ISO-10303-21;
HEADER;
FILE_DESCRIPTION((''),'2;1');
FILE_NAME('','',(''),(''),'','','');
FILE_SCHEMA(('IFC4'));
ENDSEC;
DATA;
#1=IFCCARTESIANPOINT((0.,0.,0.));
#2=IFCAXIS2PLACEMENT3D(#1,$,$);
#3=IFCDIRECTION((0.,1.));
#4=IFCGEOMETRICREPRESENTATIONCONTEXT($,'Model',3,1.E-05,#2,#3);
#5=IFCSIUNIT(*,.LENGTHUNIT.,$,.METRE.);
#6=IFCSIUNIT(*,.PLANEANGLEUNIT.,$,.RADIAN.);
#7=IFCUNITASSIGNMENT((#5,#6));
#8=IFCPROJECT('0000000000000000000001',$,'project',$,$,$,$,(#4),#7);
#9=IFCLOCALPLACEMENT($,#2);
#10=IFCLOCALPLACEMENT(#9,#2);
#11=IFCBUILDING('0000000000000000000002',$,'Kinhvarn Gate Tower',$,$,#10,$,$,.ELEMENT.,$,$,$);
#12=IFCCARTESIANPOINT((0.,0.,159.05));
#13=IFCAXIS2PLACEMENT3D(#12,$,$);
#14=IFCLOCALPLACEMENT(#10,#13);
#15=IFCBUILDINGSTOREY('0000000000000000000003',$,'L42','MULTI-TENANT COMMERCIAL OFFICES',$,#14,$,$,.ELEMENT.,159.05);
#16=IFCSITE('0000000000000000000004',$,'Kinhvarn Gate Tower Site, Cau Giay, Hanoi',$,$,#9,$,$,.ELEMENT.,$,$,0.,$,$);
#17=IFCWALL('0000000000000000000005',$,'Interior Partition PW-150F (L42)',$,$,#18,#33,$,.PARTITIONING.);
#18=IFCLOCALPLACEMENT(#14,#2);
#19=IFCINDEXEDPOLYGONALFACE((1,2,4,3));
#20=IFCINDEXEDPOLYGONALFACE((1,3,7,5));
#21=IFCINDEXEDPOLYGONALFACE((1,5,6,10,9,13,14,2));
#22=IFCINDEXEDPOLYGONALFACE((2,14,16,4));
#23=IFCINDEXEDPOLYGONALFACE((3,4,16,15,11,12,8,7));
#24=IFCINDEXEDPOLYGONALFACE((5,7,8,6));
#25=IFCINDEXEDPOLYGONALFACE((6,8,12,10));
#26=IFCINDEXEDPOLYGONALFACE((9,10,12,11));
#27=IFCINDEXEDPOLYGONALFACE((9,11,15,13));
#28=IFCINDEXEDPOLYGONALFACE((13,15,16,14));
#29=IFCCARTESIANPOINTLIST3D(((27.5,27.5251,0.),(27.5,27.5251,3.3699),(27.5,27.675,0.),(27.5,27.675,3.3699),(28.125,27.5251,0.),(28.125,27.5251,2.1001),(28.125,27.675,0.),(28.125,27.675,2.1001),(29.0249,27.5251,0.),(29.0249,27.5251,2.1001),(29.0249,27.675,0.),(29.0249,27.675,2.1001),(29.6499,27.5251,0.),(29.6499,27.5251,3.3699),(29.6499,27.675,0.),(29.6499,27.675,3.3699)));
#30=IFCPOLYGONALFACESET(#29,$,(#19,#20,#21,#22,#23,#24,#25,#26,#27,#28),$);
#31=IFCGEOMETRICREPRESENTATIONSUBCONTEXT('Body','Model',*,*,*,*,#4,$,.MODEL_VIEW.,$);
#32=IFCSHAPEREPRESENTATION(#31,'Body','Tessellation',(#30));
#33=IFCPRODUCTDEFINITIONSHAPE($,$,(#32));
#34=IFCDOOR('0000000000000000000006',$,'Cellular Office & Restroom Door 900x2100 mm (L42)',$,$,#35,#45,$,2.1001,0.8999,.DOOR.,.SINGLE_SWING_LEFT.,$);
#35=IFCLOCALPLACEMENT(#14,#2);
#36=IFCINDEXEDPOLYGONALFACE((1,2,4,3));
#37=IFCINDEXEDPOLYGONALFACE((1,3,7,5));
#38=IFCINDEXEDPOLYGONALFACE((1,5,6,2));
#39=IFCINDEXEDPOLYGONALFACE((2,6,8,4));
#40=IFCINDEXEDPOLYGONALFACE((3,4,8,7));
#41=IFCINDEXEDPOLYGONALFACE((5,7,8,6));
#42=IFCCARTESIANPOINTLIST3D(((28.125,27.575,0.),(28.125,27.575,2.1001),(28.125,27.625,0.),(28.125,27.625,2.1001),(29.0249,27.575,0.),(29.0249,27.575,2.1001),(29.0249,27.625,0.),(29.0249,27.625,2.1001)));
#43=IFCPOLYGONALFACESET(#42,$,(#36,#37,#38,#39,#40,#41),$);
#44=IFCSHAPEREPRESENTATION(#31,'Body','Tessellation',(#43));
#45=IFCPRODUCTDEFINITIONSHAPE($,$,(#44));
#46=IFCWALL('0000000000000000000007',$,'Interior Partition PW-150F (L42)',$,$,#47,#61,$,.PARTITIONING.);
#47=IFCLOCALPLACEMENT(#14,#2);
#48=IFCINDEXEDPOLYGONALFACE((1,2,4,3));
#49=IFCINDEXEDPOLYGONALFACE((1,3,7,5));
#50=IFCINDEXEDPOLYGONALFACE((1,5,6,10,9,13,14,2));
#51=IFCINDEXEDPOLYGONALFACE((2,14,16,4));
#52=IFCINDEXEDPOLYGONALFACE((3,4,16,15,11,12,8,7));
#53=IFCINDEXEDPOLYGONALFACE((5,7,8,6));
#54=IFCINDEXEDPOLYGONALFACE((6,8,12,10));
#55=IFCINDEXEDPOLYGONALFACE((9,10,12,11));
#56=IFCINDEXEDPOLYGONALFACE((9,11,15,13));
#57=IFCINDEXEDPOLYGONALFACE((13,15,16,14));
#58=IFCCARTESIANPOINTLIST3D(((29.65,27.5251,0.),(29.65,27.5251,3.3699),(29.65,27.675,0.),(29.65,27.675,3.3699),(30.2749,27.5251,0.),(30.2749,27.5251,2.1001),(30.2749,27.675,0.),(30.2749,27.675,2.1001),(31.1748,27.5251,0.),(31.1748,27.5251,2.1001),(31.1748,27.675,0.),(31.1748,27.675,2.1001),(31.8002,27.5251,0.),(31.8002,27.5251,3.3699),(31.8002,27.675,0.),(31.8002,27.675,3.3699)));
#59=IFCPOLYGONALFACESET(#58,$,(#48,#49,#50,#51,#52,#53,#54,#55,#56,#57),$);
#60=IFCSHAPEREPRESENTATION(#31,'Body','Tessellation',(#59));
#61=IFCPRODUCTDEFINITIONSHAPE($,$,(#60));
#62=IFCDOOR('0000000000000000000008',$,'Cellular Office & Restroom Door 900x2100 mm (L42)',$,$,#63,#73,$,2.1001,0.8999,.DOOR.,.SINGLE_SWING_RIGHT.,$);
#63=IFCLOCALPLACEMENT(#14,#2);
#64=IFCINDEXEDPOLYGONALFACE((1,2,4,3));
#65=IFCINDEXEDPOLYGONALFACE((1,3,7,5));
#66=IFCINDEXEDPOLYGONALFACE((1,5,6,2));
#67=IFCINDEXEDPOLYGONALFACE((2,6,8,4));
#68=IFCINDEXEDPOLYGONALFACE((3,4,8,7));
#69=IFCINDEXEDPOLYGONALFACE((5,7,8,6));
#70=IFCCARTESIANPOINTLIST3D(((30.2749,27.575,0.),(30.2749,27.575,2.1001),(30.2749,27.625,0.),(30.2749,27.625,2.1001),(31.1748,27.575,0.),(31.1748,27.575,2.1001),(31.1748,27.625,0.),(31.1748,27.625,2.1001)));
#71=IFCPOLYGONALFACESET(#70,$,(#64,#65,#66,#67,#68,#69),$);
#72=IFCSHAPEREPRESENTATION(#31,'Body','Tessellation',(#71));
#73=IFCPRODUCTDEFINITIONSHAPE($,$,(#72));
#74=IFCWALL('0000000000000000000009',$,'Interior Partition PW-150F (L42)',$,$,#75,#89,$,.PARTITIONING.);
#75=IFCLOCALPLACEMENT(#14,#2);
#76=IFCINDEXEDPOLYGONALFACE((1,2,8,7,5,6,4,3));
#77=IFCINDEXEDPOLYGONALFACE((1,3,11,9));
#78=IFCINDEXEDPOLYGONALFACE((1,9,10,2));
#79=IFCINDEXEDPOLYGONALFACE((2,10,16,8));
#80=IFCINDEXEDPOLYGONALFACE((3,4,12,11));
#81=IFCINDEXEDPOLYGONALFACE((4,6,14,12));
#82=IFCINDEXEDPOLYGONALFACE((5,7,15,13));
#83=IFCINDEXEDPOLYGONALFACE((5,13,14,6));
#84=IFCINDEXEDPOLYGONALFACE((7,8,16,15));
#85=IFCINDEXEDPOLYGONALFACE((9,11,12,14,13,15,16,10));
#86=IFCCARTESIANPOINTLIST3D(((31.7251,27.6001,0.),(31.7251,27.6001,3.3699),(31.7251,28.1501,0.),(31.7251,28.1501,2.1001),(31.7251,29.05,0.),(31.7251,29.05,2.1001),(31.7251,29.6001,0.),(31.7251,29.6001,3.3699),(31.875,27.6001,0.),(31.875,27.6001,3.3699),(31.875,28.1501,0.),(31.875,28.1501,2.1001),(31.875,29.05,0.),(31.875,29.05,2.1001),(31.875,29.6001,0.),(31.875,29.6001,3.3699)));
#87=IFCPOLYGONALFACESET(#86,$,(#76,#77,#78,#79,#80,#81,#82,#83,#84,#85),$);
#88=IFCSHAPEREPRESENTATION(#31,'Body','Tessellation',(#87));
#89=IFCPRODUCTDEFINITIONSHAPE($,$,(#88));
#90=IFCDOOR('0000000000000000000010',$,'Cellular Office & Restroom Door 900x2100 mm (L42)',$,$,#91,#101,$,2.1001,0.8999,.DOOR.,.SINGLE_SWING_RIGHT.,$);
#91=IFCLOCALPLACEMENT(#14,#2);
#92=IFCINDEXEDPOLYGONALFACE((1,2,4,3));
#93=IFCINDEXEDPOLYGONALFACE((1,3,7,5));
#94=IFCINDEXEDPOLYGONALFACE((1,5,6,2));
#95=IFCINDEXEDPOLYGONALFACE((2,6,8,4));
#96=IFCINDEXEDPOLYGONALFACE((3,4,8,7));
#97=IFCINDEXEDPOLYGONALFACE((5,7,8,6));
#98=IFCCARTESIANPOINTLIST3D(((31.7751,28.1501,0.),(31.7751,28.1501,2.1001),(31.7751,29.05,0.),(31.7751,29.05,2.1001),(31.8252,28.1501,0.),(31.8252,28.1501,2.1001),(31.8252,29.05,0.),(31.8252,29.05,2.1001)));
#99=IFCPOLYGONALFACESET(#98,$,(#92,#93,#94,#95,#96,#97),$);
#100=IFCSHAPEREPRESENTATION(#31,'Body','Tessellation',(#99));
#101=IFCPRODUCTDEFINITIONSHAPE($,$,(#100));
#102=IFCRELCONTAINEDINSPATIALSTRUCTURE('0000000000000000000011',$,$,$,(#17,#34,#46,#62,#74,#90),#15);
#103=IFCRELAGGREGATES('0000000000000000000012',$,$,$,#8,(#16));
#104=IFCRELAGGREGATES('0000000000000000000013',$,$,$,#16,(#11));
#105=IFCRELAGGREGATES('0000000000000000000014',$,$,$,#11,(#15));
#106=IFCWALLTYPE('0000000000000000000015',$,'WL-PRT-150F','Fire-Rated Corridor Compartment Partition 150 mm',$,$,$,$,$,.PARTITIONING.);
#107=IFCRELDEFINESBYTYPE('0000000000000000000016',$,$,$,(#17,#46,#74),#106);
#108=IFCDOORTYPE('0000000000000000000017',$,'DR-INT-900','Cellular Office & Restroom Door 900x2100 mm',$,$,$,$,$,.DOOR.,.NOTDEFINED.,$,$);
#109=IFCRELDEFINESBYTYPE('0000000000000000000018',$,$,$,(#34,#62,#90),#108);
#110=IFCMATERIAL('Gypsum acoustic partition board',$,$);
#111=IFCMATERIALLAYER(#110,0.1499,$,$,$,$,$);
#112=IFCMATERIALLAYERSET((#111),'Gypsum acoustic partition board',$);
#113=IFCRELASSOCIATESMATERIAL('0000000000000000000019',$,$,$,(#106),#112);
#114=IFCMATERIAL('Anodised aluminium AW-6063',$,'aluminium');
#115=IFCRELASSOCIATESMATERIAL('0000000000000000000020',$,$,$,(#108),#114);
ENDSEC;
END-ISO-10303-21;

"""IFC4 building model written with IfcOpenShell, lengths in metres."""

from ifc_helpers import new_model, si_unit, direction, frame, frame_2d, origin, place, context, subcontext, project, spatial, rectangle, extrude, material, layer, layer_set, type_object, element, fill, save


model = new_model("IFC4")

# Units and contexts
model_context = context("Model", 3, precision=1e-05, world=origin(), true_north=direction((0.0, 1.0)))
body_context = subcontext(model_context, "Body", "Model", "MODEL_VIEW")
ifc_project = project(units=[si_unit("LENGTHUNIT", "METRE"), si_unit("PLANEANGLEUNIT", "RADIAN")], contexts=[model_context])

# Site, building, storey
site_placement = place(None, origin())
site = spatial("IfcSite", under=ifc_project, at=site_placement, Name="Kinhvarn Gate Tower Site, Cau Giay, Hanoi", CompositionType="ELEMENT", RefElevation=0.0)
building_placement = place(site_placement, origin())
building = spatial("IfcBuilding", under=site, at=building_placement, Name="Kinhvarn Gate Tower", CompositionType="ELEMENT")
storey_placement = place(building_placement, frame((0.0, 0.0, 159.05)))
storey = spatial("IfcBuildingStorey", under=building, at=storey_placement, Name="L42", Description="MULTI-TENANT COMMERCIAL OFFICES", CompositionType="ELEMENT", Elevation=159.05)

# Shared definitions
ifc_material_1 = material(Name="Gypsum acoustic partition board")

# Walls, openings, doors
ifc_material_2 = material(Name="Anodised aluminium AW-6063", Category="aluminium")
ifc_layer_1 = layer(ifc_material_1, 0.1499)
ifc_layer_set_1 = layer_set([ifc_layer_1], Name="Gypsum acoustic partition board")
wall_type_1 = type_object("IfcWallType", Name="WL-PRT-150F", Description="Fire-Rated Corridor Compartment Partition 150 mm", PredefinedType="PARTITIONING", material=ifc_layer_set_1)
wall_1_placement = place(storey_placement, frame((27.5, 27.6001, 0.0), z_axis=(0.0, 0.0, 1.0), x_axis=(1.0, 0.0, 0.0)))
wall_1 = element("IfcWall", 1, at=wall_1_placement, inside=storey, type_object=wall_type_1, Name="Interior Partition PW-150F (L42)", PredefinedType="PARTITIONING", context=body_context, shape_type="SweptSolid", body=[
    extrude(rectangle(XDim=2.1499, YDim=0.1499, at=frame_2d((1.075, 0.0))), origin(), (0.0, 0.0, 1.0), 3.3699),
])
opening_1_placement = place(wall_1_placement, frame((0.625, 0.0, 0.0)))
opening_1 = element("IfcOpeningElement", 2, at=opening_1_placement, cuts=wall_1, PredefinedType="OPENING", context=body_context, shape_type="SweptSolid", body=[
    extrude(rectangle(XDim=0.8999, YDim=2.1001, at=frame_2d((0.45, 1.05))), frame((0.0, 0.085, 0.0), z_axis=(0.0, -1.0, 0.0), x_axis=(1.0, 0.0, 0.0)), (0.0, 0.0, 1.0), 0.1699),
])
door_type_1 = type_object("IfcDoorType", Name="DR-INT-900", Description="Cellular Office & Restroom Door 900x2100 mm", OperationType="NOTDEFINED", PredefinedType="DOOR", material=ifc_material_2)
door_1_placement = place(opening_1_placement, origin())
door_1 = element("IfcDoor", 3, at=door_1_placement, inside=storey, type_object=door_type_1, Name="Cellular Office & Restroom Door 900x2100 mm (L42)", OperationType="SINGLE_SWING_LEFT", OverallHeight=2.1001, OverallWidth=0.8999, PredefinedType="DOOR", context=body_context, shape_type="SweptSolid", body=[
    extrude(rectangle(XDim=0.8999, YDim=2.1001, at=frame_2d((0.45, 1.05))), frame((0.0, 0.0249, 0.0), z_axis=(0.0, -1.0, 0.0), x_axis=(1.0, 0.0, 0.0)), (0.0, 0.0, 1.0), 0.05),
])
fill(opening_1, door_1)
wall_2_placement = place(storey_placement, frame((29.6499, 27.6001, 0.0), z_axis=(0.0, 0.0, 1.0), x_axis=(1.0, 0.0, 0.0)))
wall_2 = element("IfcWall", 4, at=wall_2_placement, inside=storey, type_object=wall_type_1, Name="Interior Partition PW-150F (L42)", PredefinedType="PARTITIONING", context=body_context, shape_type="SweptSolid", body=[
    extrude(rectangle(XDim=2.1501, YDim=0.1499, at=frame_2d((1.0752, 0.0))), origin(), (0.0, 0.0, 1.0), 3.3699),
])
opening_2_placement = place(wall_2_placement, frame((0.625, 0.0, 0.0)))
opening_2 = element("IfcOpeningElement", 5, at=opening_2_placement, cuts=wall_2, PredefinedType="OPENING", context=body_context, shape_type="SweptSolid", body=[
    extrude(rectangle(XDim=0.8999, YDim=2.1001, at=frame_2d((0.45, 1.05))), frame((0.0, 0.085, 0.0), z_axis=(0.0, -1.0, 0.0), x_axis=(1.0, 0.0, 0.0)), (0.0, 0.0, 1.0), 0.1699),
])
door_2_placement = place(opening_2_placement, origin())
door_2 = element("IfcDoor", 6, at=door_2_placement, inside=storey, type_object=door_type_1, Name="Cellular Office & Restroom Door 900x2100 mm (L42)", OperationType="SINGLE_SWING_RIGHT", OverallHeight=2.1001, OverallWidth=0.8999, PredefinedType="DOOR", context=body_context, shape_type="SweptSolid", body=[
    extrude(rectangle(XDim=0.8999, YDim=2.1001, at=frame_2d((0.45, 1.05))), frame((0.0, 0.0249, 0.0), z_axis=(0.0, -1.0, 0.0), x_axis=(1.0, 0.0, 0.0)), (0.0, 0.0, 1.0), 0.05),
])
fill(opening_2, door_2)
wall_3_placement = place(storey_placement, frame((31.8, 27.6001, 0.0), z_axis=(0.0, 0.0, 1.0), x_axis=(0.0, 1.0, 0.0)))
wall_3 = element("IfcWall", 7, at=wall_3_placement, inside=storey, type_object=wall_type_1, Name="Interior Partition PW-150F (L42)", PredefinedType="PARTITIONING", context=body_context, shape_type="SweptSolid", body=[
    extrude(rectangle(XDim=2.0, YDim=0.1499, at=frame_2d((1.0, 0.0))), origin(), (0.0, 0.0, 1.0), 3.3699),
])
opening_3_placement = place(wall_3_placement, frame((0.55, 0.0, 0.0)))
opening_3 = element("IfcOpeningElement", 8, at=opening_3_placement, cuts=wall_3, PredefinedType="OPENING", context=body_context, shape_type="SweptSolid", body=[
    extrude(rectangle(XDim=0.8999, YDim=2.1001, at=frame_2d((0.45, 1.05))), frame((0.0, 0.085, 0.0), z_axis=(0.0, -1.0, 0.0), x_axis=(1.0, 0.0, 0.0)), (0.0, 0.0, 1.0), 0.1699),
])
door_3_placement = place(opening_3_placement, origin())
door_3 = element("IfcDoor", 9, at=door_3_placement, inside=storey, type_object=door_type_1, Name="Cellular Office & Restroom Door 900x2100 mm (L42)", OperationType="SINGLE_SWING_RIGHT", OverallHeight=2.1001, OverallWidth=0.8999, PredefinedType="DOOR", context=body_context, shape_type="SweptSolid", body=[
    extrude(rectangle(XDim=0.8999, YDim=2.1001, at=frame_2d((0.45, 1.05))), frame((0.0, 0.0249, 0.0), z_axis=(0.0, -1.0, 0.0), x_axis=(1.0, 0.0, 0.0)), (0.0, 0.0, 1.0), 0.05),
])
fill(opening_3, door_3)

save(model, "model.ifc")
